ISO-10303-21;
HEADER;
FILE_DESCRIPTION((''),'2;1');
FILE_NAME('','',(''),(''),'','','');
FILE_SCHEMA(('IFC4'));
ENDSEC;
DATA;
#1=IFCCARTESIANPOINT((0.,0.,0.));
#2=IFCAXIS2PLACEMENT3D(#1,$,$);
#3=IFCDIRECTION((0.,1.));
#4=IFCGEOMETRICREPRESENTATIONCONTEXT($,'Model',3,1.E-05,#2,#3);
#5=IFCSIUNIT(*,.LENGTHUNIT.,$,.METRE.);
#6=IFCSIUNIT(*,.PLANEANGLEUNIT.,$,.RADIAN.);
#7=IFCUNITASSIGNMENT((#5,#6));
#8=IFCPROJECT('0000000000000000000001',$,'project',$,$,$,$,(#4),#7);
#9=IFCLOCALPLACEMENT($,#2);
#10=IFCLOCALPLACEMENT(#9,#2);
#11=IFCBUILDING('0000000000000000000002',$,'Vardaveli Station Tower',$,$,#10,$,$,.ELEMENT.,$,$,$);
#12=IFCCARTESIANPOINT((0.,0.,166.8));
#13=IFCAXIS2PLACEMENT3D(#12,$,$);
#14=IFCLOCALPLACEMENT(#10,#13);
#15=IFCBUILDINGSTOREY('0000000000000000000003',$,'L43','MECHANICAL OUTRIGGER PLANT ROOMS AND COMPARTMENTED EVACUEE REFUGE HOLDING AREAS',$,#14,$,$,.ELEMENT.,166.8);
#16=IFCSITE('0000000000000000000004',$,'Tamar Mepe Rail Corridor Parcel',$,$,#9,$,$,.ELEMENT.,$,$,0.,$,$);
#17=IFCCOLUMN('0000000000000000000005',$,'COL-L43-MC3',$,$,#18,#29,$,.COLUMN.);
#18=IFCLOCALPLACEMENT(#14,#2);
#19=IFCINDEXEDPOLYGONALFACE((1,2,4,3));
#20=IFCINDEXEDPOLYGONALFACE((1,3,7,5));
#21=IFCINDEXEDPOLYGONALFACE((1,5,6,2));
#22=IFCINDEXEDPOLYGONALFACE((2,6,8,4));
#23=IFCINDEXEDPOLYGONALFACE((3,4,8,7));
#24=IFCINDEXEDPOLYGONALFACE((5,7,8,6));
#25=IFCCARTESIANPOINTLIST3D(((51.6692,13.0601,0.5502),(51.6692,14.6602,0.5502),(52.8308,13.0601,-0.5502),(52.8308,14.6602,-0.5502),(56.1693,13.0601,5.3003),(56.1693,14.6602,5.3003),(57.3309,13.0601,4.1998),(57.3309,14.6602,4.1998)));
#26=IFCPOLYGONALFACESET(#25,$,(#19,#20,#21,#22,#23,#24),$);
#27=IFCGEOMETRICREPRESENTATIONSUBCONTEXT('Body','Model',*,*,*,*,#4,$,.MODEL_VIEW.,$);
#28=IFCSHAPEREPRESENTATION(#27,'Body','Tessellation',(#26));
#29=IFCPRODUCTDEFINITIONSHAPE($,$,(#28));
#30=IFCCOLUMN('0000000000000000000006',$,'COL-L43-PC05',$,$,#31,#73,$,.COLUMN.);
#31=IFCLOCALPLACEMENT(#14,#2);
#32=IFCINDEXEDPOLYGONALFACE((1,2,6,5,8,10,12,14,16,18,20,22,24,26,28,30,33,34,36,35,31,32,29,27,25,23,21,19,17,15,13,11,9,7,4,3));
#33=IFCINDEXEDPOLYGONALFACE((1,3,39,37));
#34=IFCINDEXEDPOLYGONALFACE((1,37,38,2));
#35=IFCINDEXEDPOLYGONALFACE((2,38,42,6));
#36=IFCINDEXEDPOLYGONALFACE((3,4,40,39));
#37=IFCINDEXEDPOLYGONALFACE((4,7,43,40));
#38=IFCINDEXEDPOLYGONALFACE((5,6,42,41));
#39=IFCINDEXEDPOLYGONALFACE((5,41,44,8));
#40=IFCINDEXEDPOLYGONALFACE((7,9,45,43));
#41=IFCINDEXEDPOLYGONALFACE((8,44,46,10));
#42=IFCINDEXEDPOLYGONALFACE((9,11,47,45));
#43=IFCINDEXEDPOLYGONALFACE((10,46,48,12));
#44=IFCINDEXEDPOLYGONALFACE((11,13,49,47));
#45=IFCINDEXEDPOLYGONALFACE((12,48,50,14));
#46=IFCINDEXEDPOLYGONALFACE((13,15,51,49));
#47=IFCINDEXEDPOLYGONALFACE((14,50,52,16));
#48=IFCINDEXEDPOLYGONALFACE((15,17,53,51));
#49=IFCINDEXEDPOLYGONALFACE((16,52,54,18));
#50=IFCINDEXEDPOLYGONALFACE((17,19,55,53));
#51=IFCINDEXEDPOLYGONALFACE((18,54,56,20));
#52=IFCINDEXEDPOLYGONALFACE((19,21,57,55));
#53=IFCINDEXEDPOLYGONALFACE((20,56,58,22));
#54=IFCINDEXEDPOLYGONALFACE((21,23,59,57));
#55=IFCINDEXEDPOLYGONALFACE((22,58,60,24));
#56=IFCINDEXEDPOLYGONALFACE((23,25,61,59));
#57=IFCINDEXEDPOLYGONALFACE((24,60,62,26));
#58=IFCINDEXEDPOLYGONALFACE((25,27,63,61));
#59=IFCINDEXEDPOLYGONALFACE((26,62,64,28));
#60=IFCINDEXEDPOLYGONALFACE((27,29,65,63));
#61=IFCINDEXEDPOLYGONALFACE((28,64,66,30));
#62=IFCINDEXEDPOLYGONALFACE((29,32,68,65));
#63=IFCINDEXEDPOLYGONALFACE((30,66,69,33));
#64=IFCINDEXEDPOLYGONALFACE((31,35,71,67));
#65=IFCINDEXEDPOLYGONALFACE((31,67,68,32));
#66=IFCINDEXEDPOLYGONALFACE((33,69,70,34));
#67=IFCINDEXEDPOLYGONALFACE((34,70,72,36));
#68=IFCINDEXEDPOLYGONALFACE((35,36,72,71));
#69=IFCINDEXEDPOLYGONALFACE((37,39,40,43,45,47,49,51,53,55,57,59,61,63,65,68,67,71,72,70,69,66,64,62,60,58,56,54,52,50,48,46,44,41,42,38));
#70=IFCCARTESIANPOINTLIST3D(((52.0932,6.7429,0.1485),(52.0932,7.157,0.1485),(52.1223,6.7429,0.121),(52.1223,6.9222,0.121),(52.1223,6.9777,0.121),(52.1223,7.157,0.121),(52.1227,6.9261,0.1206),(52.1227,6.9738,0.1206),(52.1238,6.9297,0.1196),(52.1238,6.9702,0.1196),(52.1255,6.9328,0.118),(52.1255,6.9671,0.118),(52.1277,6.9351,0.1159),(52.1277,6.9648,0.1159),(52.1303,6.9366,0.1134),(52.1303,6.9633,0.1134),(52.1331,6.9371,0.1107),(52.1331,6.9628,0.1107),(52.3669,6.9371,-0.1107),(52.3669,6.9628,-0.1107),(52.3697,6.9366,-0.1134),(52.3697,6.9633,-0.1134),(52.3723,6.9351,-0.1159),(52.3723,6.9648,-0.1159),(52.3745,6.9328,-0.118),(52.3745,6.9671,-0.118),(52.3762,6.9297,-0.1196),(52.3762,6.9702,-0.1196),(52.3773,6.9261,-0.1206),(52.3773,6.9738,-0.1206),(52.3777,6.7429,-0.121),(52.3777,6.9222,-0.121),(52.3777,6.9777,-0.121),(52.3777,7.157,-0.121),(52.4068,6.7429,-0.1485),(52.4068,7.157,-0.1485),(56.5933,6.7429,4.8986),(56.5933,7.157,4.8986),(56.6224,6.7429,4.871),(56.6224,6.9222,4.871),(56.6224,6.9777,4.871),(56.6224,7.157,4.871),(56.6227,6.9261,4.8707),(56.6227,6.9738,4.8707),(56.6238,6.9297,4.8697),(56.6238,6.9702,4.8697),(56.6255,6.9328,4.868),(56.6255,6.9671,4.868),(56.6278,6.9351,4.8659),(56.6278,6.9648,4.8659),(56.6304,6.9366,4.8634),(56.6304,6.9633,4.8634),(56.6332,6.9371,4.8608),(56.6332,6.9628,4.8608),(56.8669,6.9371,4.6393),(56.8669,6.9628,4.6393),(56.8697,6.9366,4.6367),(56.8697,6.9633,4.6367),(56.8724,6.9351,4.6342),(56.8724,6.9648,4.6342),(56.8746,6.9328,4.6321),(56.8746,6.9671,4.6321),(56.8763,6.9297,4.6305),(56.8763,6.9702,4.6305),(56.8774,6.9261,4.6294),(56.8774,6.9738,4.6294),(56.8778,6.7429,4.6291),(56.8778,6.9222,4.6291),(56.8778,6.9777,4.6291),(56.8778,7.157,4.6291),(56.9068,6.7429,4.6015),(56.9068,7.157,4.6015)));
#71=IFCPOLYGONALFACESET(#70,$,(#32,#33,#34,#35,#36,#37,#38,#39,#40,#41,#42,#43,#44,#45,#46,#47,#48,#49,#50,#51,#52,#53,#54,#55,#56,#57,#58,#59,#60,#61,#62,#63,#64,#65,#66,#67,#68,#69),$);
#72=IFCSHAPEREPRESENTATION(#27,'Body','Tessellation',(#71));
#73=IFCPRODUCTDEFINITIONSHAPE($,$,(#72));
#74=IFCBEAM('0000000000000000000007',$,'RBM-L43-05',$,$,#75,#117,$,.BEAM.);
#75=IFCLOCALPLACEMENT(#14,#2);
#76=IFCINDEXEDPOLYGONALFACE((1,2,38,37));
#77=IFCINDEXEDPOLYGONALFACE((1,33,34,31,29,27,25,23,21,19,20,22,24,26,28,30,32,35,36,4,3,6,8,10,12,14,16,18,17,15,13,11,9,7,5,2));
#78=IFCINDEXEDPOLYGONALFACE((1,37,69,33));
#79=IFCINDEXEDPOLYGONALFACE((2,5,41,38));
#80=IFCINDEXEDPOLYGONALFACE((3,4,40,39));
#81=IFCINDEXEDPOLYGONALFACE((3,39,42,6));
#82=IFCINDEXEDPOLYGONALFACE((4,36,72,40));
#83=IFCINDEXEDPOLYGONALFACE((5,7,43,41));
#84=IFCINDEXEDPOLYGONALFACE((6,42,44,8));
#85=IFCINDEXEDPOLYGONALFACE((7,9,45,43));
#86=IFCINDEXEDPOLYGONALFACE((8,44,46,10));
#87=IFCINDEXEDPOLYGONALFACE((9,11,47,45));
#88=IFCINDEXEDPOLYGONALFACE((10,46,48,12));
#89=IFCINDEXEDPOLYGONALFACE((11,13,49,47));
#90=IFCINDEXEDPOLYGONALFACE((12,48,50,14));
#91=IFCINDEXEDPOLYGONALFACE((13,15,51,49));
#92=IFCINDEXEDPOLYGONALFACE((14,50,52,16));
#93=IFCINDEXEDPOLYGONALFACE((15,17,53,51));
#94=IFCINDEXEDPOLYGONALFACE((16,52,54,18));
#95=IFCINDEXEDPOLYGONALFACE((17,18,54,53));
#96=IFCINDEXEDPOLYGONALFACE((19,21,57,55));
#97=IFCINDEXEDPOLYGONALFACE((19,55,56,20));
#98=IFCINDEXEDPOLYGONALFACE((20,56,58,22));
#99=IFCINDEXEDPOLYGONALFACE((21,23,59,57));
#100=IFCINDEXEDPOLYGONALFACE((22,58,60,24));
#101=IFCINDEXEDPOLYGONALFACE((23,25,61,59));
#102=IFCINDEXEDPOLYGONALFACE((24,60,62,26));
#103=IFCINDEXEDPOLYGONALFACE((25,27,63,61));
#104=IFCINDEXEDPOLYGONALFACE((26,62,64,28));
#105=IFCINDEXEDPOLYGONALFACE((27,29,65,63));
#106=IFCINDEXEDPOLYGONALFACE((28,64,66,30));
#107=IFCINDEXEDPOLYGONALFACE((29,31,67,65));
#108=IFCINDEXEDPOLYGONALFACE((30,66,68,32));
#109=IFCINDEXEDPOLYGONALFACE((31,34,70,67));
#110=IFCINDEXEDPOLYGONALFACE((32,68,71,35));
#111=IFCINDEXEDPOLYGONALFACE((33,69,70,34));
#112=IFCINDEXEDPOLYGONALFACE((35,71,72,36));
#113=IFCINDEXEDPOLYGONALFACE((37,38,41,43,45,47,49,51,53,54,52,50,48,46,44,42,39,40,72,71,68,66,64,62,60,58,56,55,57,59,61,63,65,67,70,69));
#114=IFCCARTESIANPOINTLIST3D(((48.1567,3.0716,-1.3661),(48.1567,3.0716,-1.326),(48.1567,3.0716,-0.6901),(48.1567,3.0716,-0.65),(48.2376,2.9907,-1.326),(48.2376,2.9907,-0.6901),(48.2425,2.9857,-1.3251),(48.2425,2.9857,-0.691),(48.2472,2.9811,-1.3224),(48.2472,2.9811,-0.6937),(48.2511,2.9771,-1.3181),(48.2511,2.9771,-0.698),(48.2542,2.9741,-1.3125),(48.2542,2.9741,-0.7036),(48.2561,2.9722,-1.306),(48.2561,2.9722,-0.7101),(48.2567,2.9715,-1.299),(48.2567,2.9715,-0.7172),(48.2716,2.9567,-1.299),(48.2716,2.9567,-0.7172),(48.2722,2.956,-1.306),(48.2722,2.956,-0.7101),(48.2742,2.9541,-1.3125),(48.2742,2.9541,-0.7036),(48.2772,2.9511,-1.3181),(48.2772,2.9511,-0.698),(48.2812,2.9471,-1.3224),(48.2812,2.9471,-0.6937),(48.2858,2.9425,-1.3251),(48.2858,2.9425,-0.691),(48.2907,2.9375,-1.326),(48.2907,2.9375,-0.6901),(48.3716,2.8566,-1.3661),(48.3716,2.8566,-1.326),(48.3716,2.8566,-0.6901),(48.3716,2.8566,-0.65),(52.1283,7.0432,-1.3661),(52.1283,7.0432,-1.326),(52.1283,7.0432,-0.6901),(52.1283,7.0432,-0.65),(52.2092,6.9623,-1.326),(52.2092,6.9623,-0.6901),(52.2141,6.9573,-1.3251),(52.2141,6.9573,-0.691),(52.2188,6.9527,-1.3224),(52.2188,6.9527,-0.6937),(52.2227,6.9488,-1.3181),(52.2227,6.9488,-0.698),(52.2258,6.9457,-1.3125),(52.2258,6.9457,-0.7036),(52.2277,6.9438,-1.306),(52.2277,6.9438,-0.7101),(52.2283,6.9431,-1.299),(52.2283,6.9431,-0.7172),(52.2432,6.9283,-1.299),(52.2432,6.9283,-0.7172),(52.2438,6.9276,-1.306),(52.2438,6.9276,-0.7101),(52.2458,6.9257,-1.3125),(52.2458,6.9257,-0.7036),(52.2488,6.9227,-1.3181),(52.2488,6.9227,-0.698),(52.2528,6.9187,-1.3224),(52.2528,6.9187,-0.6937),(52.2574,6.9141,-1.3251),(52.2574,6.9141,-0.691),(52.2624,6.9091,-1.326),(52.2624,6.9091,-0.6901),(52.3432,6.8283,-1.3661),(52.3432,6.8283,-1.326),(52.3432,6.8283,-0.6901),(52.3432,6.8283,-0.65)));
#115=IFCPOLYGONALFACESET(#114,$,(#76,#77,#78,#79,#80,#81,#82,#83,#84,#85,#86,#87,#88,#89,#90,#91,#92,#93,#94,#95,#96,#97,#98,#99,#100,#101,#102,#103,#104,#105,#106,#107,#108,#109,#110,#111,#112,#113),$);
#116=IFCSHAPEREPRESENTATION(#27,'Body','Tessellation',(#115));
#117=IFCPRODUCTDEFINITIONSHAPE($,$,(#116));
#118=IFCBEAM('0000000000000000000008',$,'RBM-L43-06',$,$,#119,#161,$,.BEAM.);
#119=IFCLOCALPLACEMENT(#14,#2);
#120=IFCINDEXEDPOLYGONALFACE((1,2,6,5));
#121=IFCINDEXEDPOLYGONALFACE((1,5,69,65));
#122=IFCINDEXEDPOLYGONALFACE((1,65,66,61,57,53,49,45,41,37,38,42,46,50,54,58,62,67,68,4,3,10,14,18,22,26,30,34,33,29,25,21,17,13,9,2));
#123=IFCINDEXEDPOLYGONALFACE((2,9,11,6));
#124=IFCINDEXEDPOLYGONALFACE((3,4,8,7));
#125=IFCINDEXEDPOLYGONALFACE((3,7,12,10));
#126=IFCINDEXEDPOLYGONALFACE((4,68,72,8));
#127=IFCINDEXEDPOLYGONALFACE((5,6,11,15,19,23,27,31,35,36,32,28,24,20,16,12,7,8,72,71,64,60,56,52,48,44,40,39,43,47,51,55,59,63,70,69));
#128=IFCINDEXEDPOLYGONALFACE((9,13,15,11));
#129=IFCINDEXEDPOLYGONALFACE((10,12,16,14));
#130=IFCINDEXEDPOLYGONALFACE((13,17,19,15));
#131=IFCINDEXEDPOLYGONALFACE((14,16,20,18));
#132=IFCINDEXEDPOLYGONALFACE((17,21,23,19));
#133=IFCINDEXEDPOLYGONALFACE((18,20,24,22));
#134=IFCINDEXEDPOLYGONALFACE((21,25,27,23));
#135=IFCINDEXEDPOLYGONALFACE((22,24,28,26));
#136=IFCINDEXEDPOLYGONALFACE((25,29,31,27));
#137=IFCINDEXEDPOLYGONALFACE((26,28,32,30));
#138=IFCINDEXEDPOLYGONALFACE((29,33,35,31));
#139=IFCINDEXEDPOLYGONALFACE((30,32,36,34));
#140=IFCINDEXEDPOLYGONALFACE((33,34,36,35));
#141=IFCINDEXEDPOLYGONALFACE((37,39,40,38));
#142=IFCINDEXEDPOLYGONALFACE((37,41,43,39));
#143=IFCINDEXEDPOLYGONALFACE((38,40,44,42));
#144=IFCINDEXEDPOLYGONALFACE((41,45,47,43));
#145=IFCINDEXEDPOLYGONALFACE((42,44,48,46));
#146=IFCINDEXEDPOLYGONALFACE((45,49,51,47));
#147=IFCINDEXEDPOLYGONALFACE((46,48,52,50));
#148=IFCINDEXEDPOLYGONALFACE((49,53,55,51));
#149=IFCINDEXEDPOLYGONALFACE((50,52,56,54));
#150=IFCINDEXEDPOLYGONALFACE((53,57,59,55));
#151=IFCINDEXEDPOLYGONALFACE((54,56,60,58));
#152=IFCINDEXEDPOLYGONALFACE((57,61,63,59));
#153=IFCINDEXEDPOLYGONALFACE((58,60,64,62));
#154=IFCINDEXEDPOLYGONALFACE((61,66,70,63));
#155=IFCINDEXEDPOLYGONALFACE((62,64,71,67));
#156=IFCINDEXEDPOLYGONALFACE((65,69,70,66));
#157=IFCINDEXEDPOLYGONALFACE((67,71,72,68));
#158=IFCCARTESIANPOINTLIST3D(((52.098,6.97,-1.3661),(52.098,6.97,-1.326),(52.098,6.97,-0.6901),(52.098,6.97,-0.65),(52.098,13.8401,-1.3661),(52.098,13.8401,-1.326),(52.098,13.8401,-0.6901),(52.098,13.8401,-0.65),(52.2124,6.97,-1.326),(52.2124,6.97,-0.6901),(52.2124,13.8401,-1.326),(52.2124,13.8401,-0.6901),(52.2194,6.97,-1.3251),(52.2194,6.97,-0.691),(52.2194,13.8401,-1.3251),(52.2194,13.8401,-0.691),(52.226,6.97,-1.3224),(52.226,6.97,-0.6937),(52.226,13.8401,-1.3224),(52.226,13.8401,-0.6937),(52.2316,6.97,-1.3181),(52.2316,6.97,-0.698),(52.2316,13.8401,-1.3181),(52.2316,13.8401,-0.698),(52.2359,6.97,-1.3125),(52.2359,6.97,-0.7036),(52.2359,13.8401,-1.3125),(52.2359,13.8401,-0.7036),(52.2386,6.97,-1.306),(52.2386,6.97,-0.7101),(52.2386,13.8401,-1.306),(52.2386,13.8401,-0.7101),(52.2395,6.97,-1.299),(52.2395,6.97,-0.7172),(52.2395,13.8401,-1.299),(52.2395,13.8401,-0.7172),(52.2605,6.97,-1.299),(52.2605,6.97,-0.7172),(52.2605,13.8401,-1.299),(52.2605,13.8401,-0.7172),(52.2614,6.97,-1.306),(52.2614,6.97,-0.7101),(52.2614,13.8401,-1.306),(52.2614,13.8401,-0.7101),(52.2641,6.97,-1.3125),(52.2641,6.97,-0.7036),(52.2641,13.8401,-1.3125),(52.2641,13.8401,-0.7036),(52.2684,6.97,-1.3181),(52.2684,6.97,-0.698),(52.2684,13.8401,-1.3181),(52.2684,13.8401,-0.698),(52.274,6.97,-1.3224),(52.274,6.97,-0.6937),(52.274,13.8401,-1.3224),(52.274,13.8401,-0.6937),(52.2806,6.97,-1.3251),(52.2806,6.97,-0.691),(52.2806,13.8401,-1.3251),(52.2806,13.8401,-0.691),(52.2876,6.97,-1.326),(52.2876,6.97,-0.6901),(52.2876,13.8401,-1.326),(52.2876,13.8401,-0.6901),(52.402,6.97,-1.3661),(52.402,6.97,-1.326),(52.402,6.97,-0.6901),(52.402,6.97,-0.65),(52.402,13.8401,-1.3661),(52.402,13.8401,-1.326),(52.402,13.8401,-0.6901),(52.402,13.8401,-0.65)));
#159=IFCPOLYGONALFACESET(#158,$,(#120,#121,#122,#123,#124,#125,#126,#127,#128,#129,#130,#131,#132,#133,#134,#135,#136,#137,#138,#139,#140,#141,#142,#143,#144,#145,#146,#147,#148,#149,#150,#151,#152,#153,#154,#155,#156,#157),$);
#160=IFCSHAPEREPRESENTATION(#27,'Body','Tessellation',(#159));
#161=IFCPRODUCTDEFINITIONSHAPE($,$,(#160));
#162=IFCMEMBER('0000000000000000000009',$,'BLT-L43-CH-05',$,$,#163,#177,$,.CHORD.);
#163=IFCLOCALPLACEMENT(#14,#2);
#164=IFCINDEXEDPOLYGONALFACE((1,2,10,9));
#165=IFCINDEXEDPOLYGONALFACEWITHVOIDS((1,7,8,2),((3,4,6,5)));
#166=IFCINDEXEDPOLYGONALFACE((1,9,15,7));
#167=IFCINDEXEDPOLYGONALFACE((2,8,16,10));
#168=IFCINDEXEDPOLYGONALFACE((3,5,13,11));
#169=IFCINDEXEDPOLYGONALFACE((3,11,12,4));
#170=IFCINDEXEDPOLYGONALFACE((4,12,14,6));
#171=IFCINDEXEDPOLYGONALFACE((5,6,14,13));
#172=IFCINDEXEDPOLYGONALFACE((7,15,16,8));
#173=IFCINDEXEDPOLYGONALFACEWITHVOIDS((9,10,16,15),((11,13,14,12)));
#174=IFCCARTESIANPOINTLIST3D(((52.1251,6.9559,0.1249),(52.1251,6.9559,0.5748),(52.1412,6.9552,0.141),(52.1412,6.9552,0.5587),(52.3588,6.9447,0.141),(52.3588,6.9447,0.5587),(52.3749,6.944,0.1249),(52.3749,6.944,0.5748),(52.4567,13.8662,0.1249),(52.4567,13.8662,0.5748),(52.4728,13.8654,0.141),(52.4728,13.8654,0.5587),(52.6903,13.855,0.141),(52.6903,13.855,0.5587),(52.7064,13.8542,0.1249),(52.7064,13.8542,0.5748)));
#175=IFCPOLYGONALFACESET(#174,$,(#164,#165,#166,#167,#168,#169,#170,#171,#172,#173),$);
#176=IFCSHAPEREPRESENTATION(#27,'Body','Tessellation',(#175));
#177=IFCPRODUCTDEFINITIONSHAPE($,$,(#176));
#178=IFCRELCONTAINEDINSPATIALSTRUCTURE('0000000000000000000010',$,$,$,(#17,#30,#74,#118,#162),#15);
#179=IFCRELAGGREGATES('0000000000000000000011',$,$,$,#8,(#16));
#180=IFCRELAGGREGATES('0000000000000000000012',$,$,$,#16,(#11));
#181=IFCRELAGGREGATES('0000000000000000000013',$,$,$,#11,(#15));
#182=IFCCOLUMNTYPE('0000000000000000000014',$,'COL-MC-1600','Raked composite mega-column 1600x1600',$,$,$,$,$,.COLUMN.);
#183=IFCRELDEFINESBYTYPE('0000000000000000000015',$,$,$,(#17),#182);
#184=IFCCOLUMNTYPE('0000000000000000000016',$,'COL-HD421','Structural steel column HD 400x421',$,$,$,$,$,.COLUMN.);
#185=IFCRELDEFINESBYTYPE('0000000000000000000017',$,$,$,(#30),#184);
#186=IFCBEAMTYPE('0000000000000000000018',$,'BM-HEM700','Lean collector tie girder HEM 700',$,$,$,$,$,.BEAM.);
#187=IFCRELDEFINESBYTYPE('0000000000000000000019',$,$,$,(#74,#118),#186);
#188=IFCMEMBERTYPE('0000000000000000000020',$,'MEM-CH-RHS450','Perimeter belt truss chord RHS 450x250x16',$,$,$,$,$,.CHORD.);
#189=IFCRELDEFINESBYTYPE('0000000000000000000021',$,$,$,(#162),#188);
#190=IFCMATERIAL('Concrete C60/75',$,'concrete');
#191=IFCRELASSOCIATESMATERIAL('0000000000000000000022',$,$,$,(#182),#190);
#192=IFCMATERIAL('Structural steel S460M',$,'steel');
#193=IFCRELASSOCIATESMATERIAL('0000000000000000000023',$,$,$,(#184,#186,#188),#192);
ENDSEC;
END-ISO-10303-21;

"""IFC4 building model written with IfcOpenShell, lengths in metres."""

from ifc_helpers import new_model, si_unit, direction, frame, origin, origin_2d, place, context, subcontext, project, spatial, rectangle, hollow_rectangle, i_section, extrude, source, transform, mapped, material, material_profile, profile_set, type_object, element, save


model = new_model("IFC4")

# Units and contexts
model_context = context("Model", 3, precision=1e-05, world=origin(), true_north=direction((0.0, 1.0)))
body_context = subcontext(model_context, "Body", "Model", "MODEL_VIEW")
ifc_project = project(units=[si_unit("LENGTHUNIT", "METRE"), si_unit("PLANEANGLEUNIT", "RADIAN")], contexts=[model_context])

# Site, building, storey
site_placement = place(None, origin())
site = spatial("IfcSite", under=ifc_project, at=site_placement, Name="Tamar Mepe Rail Corridor Parcel", CompositionType="ELEMENT", RefElevation=0.0)
building_placement = place(site_placement, origin())
building = spatial("IfcBuilding", under=site, at=building_placement, Name="Vardaveli Station Tower", CompositionType="ELEMENT")
storey_placement = place(building_placement, frame((0.0, 0.0, 166.8)))
storey = spatial("IfcBuildingStorey", under=building, at=storey_placement, Name="L43", Description="MECHANICAL OUTRIGGER PLANT ROOMS AND COMPARTMENTED EVACUEE REFUGE HOLDING AREAS", CompositionType="ELEMENT", Elevation=166.8)

# Columns
ifc_material_1 = material(Name="Concrete C60/75", Category="concrete")
ifc_material_profile_1 = material_profile(ifc_material_1, rectangle(XDim=1.6001, YDim=1.6001, at=origin_2d()), Name="MC 1600x1600")
ifc_profile_set_1 = profile_set([ifc_material_profile_1], Name="Concrete C60/75")
column_type_1 = type_object("IfcColumnType", Name="COL-MC-1600", Description="Raked composite mega-column 1600x1600", PredefinedType="COLUMN", material=ifc_profile_set_1)
shared_shape_1 = source(origin(), body_context, "Body", "SweptSolid", [
    extrude(rectangle(XDim=1.6001, YDim=1.6001, at=origin_2d()), origin(), (0.0, 0.0, 1.0), 6.5432),
])
column_1_placement = place(storey_placement, frame((52.25, 13.8601, 0.0), z_axis=(0.687745, 0.0, 0.725953), x_axis=(0.0, 1.0, 0.0)))
element("IfcColumn", 1, at=column_1_placement, inside=storey, type_object=column_type_1, Name="COL-L43-MC3", PredefinedType="COLUMN", context=body_context, shape_type="MappedRepresentation", body=[
    mapped(shared_shape_1, transform((0.0, 0.0, 0.0), scale=1.0)),
])
ifc_material_2 = material(Name="Structural steel S460M", Category="steel")
ifc_material_profile_2 = material_profile(ifc_material_2, i_section(OverallWidth=0.4141, OverallDepth=0.4319, WebThickness=0.0256, FlangeThickness=0.04, FilletRadius=0.0149, at=origin_2d()), Name="HD 400x421")
ifc_profile_set_2 = profile_set([ifc_material_profile_2], Name="Structural steel S460M")
column_type_2 = type_object("IfcColumnType", Name="COL-HD421", Description="Structural steel column HD 400x421", PredefinedType="COLUMN", material=ifc_profile_set_2)
shared_shape_2 = source(origin(), body_context, "Body", "SweptSolid", [
    extrude(i_section(OverallWidth=0.4141, OverallDepth=0.4319, WebThickness=0.0256, FlangeThickness=0.04, FilletRadius=0.0149, at=origin_2d()), origin(), (0.0, 0.0, 1.0), 6.5432),
])
column_2_placement = place(storey_placement, frame((52.25, 6.95, 0.0), z_axis=(0.687745, 0.0, 0.725953), x_axis=(0.0, 1.0, 0.0)))
element("IfcColumn", 2, at=column_2_placement, inside=storey, type_object=column_type_2, Name="COL-L43-PC05", PredefinedType="COLUMN", context=body_context, shape_type="MappedRepresentation", body=[
    mapped(shared_shape_2, transform((0.0, 0.0, 0.0), scale=1.0)),
])

# Beams
ifc_material_profile_3 = material_profile(ifc_material_2, i_section(OverallWidth=0.304, OverallDepth=0.7161, WebThickness=0.021, FlangeThickness=0.04, FilletRadius=0.0271, at=origin_2d()), Name="HEM 700")
ifc_profile_set_3 = profile_set([ifc_material_profile_3], Name="Structural steel S460M")
beam_type = type_object("IfcBeamType", Name="BM-HEM700", Description="Lean collector tie girder HEM 700", PredefinedType="BEAM", material=ifc_profile_set_3)
shared_shape_3 = source(origin(), body_context, "Body", "SweptSolid", [
    extrude(i_section(OverallWidth=0.304, OverallDepth=0.7161, WebThickness=0.021, FlangeThickness=0.04, FilletRadius=0.0271, at=origin_2d()), origin(), (0.0, 0.0, 1.0), 5.6167),
])
beam_1_placement = place(storey_placement, frame((48.2642, 2.9641, -1.0081), z_axis=(0.707107, 0.707107, 0.0), x_axis=(-0.707107, 0.707107, 0.0)))
element("IfcBeam", 3, at=beam_1_placement, inside=storey, type_object=beam_type, Name="RBM-L43-05", PredefinedType="BEAM", context=body_context, shape_type="MappedRepresentation", body=[
    mapped(shared_shape_3, transform((0.0, 0.0, 0.0), scale=1.0)),
])
shared_shape_4 = source(origin(), body_context, "Body", "SweptSolid", [
    extrude(i_section(OverallWidth=0.304, OverallDepth=0.7161, WebThickness=0.021, FlangeThickness=0.04, FilletRadius=0.0271, at=origin_2d()), origin(), (0.0, 0.0, 1.0), 6.8701),
])
beam_2_placement = place(storey_placement, frame((52.25, 6.97, -1.0081), z_axis=(0.0, 1.0, 0.0), x_axis=(-1.0, 0.0, 0.0)))
element("IfcBeam", 4, at=beam_2_placement, inside=storey, type_object=beam_type, Name="RBM-L43-06", PredefinedType="BEAM", context=body_context, shape_type="MappedRepresentation", body=[
    mapped(shared_shape_4, transform((0.0, 0.0, 0.0), scale=1.0)),
])

# Member
ifc_material_profile_4 = material_profile(ifc_material_2, hollow_rectangle(XDim=0.25, YDim=0.45, WallThickness=0.0161, at=origin_2d()), Name="RHS 450x250x16")
ifc_profile_set_4 = profile_set([ifc_material_profile_4], Name="Structural steel S460M")
member_type_1 = type_object("IfcMemberType", Name="MEM-CH-RHS450", Description="Perimeter belt truss chord RHS 450x250x16", PredefinedType="CHORD", material=ifc_profile_set_4)
shared_shape_5 = source(origin(), body_context, "Body", "SweptSolid", [
    extrude(hollow_rectangle(XDim=0.25, YDim=0.45, WallThickness=0.0161, at=origin_2d()), origin(), (0.0, 0.0, 1.0), 6.9182),
])
member_1_placement = place(storey_placement, frame((52.25, 6.95, 0.3499), z_axis=(0.047924, 0.998851, 0.0), x_axis=(-0.998851, 0.047924, 0.0)))
element("IfcMember", 5, at=member_1_placement, inside=storey, type_object=member_type_1, Name="BLT-L43-CH-05", PredefinedType="CHORD", context=body_context, shape_type="MappedRepresentation", body=[
    mapped(shared_shape_5, transform((0.0, 0.0, 0.0), scale=1.0)),
])

save(model, "model.ifc")
